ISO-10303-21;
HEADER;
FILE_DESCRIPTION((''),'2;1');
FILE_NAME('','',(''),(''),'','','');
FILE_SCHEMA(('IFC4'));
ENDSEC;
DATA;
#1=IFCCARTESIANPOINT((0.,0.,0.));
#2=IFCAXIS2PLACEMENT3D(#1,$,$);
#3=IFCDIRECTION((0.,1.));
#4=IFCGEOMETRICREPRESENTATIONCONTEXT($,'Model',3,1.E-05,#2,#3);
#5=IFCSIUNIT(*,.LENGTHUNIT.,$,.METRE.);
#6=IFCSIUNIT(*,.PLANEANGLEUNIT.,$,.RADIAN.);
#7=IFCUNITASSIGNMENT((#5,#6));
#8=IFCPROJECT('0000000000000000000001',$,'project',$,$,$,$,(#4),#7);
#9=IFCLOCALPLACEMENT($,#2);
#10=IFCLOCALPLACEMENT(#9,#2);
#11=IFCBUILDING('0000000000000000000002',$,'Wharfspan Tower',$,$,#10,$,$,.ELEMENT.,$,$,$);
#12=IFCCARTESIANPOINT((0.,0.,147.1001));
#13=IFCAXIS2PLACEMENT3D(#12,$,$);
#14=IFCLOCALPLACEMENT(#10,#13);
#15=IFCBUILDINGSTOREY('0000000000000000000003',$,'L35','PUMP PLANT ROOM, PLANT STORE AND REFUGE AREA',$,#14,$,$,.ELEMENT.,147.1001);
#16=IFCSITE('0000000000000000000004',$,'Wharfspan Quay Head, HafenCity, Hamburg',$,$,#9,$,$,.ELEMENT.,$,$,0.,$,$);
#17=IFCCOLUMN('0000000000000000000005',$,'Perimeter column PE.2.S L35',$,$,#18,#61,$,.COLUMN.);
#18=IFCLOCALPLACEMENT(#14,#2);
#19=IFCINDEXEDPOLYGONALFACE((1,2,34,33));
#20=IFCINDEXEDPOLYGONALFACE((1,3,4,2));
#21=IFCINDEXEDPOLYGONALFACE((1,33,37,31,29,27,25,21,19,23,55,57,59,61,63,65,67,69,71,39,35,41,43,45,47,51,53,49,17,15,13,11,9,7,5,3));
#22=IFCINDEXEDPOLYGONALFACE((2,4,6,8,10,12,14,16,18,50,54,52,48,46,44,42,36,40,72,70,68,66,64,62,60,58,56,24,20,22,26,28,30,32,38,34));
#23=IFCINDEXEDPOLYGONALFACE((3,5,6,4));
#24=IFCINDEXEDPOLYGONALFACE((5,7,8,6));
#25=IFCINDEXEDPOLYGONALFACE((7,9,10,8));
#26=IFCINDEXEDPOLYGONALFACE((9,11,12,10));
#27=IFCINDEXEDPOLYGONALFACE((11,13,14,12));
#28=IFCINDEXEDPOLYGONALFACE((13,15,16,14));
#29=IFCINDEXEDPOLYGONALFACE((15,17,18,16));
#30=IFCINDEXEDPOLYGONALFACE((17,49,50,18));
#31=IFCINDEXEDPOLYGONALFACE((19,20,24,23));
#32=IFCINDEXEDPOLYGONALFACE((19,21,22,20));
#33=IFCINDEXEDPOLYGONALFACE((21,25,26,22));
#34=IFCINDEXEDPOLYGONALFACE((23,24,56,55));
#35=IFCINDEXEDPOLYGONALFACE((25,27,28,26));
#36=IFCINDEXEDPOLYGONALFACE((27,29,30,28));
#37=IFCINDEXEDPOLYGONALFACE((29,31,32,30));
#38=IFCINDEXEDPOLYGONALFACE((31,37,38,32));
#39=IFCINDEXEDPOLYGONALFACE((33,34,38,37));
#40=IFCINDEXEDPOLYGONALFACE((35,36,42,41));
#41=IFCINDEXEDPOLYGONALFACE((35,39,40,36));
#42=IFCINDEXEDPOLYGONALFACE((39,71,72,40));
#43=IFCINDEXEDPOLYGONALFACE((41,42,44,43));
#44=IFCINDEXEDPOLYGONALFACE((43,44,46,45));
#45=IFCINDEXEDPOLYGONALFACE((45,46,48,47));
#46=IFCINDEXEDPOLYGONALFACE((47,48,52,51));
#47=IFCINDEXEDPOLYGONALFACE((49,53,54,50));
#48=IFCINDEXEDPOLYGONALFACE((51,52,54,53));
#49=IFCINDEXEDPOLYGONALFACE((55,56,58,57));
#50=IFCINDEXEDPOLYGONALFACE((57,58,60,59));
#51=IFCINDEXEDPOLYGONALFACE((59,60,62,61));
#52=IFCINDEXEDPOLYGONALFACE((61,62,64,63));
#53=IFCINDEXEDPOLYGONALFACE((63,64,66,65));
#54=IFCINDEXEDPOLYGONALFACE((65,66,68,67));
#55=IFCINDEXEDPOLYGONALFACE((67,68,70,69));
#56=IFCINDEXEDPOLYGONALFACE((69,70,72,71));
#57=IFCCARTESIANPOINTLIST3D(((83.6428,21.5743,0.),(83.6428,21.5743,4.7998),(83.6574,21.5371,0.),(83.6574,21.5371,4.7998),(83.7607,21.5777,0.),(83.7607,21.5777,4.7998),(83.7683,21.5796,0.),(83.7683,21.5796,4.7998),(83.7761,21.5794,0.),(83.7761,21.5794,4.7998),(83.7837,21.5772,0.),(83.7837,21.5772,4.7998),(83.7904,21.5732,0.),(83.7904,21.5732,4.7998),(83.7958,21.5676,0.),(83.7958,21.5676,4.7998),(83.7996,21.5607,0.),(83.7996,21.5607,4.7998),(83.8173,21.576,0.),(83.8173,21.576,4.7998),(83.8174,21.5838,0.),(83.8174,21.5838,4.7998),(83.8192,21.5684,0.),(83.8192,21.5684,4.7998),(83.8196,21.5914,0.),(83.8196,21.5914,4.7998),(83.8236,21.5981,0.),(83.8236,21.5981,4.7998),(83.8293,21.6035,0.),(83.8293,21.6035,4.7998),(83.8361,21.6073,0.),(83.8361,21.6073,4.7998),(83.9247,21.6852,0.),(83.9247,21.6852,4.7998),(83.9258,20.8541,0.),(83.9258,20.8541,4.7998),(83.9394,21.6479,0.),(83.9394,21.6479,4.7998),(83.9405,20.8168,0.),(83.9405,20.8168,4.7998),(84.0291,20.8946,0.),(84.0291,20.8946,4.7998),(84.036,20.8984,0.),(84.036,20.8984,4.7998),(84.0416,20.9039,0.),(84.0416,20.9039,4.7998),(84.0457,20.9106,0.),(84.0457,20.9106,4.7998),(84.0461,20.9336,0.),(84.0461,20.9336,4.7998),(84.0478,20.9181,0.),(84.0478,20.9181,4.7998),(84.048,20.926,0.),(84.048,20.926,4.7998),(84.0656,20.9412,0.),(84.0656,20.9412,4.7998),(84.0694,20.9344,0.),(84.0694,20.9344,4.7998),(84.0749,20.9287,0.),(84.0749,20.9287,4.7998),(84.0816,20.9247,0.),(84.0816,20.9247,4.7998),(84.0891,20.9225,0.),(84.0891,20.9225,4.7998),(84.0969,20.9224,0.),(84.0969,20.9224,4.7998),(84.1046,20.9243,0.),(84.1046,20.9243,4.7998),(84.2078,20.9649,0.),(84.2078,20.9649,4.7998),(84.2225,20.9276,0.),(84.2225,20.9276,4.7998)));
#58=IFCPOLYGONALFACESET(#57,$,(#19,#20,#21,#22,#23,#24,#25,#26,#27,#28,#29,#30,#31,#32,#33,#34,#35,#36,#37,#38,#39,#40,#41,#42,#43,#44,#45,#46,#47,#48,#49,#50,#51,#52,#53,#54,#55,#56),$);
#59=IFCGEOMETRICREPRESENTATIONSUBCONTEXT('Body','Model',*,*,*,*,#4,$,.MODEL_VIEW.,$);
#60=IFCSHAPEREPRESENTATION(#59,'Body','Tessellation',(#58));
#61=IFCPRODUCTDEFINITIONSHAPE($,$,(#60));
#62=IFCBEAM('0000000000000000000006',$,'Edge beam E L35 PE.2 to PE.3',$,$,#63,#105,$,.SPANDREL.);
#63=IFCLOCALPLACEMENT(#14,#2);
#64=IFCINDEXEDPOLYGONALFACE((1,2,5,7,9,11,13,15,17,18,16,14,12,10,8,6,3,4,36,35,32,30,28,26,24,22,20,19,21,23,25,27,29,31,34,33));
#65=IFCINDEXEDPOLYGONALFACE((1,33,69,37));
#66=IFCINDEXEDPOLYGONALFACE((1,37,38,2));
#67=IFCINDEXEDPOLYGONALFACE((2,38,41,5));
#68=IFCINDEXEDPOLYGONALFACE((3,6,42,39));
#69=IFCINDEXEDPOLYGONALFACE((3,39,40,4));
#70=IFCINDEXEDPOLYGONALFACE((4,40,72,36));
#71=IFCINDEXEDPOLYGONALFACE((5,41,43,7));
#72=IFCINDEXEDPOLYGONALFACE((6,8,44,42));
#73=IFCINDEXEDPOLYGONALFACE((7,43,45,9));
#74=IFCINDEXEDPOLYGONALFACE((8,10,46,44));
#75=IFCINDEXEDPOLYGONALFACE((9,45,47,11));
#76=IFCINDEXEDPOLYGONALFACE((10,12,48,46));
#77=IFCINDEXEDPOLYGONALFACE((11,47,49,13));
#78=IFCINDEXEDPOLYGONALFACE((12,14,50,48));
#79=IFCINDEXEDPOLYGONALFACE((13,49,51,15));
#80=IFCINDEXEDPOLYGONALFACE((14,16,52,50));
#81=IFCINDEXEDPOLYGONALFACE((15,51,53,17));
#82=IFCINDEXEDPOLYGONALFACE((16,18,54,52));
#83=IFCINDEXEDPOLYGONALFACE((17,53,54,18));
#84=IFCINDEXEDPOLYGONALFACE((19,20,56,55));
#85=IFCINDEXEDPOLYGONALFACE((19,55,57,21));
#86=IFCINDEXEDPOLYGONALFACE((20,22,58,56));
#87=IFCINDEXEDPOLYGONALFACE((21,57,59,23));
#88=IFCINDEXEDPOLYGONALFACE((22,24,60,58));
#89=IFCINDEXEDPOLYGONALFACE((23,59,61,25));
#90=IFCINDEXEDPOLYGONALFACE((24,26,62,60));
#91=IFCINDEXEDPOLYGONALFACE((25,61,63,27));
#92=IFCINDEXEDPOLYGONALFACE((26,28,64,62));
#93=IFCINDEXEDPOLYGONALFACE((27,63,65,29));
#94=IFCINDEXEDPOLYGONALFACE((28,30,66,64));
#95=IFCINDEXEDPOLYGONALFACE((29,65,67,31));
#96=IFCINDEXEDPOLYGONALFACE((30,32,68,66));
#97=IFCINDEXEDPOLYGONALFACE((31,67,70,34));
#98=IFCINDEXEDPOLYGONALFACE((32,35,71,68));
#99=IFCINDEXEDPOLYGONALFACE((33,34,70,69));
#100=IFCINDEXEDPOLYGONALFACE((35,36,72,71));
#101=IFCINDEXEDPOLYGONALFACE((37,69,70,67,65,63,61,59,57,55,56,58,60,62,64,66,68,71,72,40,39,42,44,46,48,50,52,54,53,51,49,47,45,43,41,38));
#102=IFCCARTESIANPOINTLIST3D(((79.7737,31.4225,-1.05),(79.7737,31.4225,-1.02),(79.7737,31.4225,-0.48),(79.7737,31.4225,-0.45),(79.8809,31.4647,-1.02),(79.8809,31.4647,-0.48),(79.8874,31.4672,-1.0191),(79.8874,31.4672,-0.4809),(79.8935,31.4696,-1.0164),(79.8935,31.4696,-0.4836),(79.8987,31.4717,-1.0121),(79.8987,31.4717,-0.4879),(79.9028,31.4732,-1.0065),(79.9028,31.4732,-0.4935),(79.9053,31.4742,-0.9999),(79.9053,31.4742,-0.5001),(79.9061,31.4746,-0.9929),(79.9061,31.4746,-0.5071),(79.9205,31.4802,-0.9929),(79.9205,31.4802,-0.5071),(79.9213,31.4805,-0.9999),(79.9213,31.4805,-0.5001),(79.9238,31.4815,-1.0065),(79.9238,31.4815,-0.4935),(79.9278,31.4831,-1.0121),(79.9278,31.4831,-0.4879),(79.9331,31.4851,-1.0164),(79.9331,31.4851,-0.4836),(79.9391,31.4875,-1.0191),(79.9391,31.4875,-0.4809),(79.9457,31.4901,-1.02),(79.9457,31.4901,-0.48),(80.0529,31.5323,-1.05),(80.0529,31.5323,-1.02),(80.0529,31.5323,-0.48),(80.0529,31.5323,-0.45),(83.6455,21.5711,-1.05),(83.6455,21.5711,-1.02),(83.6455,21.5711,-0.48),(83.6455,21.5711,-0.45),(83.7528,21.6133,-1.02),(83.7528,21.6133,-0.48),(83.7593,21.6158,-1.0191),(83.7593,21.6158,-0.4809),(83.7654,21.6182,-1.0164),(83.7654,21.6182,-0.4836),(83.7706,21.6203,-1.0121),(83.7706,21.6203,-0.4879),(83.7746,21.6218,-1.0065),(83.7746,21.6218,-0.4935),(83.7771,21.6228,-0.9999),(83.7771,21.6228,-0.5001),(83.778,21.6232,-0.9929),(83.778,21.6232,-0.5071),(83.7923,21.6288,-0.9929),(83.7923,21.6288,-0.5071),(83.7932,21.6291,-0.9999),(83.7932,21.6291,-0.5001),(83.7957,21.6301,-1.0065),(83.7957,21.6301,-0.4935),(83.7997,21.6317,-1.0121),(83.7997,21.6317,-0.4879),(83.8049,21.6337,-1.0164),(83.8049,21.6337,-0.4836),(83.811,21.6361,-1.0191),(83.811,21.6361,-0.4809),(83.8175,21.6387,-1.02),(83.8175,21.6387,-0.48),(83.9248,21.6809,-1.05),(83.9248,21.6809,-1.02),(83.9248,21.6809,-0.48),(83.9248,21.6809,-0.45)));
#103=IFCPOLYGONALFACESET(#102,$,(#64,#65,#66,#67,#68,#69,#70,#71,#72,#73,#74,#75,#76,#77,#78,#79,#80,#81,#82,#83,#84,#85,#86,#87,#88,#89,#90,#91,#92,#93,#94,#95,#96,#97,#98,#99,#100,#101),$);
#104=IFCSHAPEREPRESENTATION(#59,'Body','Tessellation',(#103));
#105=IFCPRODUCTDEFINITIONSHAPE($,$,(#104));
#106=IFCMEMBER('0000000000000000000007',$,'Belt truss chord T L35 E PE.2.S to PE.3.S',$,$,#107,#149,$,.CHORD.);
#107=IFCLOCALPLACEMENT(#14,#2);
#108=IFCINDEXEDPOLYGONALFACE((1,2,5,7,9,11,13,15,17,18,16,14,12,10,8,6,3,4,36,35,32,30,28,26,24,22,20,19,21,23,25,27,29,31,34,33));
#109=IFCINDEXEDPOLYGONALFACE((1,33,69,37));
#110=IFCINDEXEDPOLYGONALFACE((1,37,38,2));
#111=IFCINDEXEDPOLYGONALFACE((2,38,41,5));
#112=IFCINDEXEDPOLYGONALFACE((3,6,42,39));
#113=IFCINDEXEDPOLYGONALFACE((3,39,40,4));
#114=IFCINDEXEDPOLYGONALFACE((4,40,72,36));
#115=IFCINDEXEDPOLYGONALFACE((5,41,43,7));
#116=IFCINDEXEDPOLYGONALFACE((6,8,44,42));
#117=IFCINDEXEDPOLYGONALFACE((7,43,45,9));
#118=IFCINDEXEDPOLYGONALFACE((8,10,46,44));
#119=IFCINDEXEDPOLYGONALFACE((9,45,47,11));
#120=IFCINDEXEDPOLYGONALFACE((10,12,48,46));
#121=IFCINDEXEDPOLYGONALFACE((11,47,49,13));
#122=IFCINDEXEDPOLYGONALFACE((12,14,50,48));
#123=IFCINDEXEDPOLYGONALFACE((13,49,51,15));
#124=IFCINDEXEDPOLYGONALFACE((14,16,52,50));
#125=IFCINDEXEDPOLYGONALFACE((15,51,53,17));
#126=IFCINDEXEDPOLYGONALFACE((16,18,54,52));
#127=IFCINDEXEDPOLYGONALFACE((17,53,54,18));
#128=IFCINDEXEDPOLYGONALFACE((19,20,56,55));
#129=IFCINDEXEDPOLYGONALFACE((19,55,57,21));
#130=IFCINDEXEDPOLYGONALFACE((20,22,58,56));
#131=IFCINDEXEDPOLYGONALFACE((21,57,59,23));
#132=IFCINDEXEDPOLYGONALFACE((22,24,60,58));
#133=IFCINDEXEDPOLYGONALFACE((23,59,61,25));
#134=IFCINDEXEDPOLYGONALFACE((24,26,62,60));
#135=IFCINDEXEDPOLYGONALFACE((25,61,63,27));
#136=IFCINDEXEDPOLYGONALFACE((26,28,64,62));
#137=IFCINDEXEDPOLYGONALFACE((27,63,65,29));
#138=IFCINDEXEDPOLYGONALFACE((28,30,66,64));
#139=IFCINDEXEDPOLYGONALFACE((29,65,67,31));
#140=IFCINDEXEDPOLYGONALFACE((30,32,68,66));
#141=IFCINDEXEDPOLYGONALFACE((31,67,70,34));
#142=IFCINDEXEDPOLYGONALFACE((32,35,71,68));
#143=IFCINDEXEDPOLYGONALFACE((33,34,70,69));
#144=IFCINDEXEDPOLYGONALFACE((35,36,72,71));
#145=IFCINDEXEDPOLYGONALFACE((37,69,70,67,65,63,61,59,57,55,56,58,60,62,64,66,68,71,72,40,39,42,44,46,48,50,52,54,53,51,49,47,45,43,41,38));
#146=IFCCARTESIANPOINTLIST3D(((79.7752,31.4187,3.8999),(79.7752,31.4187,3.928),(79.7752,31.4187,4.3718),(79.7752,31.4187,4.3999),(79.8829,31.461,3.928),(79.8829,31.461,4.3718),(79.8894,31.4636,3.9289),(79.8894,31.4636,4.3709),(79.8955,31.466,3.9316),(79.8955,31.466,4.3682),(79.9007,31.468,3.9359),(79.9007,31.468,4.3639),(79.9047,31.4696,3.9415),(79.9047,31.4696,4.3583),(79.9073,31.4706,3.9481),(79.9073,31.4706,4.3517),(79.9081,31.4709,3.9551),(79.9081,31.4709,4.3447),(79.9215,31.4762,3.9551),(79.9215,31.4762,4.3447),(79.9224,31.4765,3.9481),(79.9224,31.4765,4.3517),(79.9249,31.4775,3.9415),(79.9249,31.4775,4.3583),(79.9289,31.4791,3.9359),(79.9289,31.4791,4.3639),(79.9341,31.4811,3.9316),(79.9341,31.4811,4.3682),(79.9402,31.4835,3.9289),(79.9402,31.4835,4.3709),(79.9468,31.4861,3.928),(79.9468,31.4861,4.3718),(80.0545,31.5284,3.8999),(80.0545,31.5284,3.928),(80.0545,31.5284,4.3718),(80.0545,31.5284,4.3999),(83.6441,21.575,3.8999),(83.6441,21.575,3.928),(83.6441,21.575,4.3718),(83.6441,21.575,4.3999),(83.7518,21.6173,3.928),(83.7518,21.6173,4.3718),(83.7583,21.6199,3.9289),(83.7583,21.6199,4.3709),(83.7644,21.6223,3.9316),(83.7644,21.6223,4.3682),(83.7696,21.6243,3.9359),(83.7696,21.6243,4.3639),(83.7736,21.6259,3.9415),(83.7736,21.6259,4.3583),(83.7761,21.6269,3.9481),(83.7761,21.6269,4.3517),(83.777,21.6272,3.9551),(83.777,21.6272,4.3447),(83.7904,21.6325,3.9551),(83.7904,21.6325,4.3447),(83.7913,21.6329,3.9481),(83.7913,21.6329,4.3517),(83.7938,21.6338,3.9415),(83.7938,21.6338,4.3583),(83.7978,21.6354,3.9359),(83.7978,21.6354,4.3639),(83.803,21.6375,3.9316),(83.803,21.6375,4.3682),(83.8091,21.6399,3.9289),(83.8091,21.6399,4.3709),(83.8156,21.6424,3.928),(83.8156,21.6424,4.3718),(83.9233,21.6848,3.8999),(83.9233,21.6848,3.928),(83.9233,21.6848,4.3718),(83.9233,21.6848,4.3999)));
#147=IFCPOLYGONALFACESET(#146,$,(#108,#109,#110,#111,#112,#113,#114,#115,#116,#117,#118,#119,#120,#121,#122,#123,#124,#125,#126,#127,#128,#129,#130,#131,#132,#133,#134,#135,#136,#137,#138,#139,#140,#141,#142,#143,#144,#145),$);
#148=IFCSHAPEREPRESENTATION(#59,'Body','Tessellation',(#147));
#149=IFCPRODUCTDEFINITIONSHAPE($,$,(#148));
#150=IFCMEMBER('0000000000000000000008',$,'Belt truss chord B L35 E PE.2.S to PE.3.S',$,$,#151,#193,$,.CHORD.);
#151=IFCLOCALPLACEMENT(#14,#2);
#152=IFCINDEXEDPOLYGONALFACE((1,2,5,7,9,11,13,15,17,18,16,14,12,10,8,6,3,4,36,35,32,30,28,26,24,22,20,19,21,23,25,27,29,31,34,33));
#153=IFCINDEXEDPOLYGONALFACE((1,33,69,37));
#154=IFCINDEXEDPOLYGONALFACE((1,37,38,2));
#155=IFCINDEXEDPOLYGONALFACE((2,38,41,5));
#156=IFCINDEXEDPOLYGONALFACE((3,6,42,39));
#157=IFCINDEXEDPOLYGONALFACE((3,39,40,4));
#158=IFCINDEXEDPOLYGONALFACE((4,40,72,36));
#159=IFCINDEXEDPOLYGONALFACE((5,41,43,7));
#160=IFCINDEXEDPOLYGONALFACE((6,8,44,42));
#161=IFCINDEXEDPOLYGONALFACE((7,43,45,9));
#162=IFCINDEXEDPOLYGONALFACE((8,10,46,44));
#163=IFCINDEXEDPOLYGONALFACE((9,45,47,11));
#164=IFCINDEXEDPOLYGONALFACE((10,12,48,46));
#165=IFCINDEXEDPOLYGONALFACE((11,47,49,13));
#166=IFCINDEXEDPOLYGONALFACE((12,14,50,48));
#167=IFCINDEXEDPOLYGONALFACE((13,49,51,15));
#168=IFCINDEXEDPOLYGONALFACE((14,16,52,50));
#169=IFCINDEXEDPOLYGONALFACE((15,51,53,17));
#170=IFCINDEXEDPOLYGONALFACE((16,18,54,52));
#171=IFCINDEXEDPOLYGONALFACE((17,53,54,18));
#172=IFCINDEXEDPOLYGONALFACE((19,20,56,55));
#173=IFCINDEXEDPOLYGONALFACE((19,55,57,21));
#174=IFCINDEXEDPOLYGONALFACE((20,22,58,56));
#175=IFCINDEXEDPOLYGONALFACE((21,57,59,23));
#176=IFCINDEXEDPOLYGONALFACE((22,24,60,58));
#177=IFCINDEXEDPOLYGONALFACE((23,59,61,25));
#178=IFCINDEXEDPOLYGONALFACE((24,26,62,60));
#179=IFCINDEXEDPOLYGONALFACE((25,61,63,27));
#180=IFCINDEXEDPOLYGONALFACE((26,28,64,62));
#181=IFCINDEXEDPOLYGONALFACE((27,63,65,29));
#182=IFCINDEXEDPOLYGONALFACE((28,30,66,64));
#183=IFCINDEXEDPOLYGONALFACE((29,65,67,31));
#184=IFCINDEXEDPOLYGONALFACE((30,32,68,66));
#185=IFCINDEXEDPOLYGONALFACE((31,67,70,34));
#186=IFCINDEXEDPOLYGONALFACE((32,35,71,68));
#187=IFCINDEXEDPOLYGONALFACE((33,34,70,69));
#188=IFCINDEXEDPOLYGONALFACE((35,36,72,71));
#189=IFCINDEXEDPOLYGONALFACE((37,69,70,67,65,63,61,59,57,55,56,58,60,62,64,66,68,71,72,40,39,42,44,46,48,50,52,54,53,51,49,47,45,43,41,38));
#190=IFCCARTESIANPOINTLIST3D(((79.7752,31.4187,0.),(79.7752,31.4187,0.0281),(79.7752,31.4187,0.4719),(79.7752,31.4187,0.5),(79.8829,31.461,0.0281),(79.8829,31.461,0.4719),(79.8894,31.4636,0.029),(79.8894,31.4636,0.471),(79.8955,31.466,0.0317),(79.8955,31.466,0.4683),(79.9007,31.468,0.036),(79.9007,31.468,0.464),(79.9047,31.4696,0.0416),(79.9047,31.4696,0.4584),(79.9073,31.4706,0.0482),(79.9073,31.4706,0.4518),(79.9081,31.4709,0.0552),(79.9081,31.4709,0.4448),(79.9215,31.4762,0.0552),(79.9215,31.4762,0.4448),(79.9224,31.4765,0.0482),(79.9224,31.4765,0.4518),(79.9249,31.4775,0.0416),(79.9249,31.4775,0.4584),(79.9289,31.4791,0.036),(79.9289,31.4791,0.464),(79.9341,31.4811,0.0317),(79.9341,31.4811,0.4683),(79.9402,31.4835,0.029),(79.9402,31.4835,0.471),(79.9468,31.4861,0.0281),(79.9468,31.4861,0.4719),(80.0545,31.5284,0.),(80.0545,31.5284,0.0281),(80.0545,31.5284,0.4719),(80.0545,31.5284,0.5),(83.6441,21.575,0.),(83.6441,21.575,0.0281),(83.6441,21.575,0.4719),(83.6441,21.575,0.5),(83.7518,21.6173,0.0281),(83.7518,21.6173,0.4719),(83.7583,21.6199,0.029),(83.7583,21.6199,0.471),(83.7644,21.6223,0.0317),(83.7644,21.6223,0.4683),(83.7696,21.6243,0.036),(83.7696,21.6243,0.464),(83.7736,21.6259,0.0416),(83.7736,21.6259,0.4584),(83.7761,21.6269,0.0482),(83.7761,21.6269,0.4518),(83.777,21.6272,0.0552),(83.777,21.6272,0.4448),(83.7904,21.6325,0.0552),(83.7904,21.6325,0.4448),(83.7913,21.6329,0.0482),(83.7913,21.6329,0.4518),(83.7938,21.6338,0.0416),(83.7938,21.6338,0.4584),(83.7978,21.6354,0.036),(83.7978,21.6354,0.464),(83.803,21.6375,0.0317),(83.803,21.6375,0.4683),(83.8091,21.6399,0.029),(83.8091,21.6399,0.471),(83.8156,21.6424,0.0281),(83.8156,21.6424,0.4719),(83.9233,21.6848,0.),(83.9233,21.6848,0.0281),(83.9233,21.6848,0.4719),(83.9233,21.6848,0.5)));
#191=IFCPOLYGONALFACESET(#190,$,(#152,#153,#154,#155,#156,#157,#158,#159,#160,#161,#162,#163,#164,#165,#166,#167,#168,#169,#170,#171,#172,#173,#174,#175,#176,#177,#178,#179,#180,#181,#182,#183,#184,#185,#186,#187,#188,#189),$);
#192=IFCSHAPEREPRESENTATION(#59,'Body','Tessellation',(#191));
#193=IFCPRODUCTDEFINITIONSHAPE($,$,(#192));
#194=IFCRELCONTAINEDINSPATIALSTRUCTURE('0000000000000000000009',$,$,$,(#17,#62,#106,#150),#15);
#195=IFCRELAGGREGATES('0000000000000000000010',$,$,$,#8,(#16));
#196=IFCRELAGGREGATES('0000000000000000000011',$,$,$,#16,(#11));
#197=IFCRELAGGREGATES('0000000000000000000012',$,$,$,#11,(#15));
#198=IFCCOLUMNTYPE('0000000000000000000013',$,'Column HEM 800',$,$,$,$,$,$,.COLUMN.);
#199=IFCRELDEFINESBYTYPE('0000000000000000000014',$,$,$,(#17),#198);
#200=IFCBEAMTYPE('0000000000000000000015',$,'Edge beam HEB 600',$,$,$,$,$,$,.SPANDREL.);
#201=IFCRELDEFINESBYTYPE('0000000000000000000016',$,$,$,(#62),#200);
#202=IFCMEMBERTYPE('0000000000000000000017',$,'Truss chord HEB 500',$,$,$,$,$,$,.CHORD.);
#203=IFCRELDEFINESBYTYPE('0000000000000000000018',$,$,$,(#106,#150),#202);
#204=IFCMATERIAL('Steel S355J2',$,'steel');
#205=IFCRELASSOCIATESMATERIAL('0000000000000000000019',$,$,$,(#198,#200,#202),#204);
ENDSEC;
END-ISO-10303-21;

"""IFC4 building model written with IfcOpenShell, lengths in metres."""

from ifc_helpers import new_model, si_unit, direction, frame, origin, origin_2d, place, context, subcontext, project, spatial, i_section, extrude, material, material_profile, profile_set, type_object, element, save


model = new_model("IFC4")

# Units and contexts
model_context = context("Model", 3, precision=1e-05, world=origin(), true_north=direction((0.0, 1.0)))
body_context = subcontext(model_context, "Body", "Model", "MODEL_VIEW")
ifc_project = project(units=[si_unit("LENGTHUNIT", "METRE"), si_unit("PLANEANGLEUNIT", "RADIAN")], contexts=[model_context])

# Site, building, storey
site_placement = place(None, origin())
site = spatial("IfcSite", under=ifc_project, at=site_placement, Name="Wharfspan Quay Head, HafenCity, Hamburg", CompositionType="ELEMENT", RefElevation=0.0)
building_placement = place(site_placement, origin())
building = spatial("IfcBuilding", under=site, at=building_placement, Name="Wharfspan Tower", CompositionType="ELEMENT")
storey_placement = place(building_placement, frame((0.0, 0.0, 147.1001)))
storey = spatial("IfcBuildingStorey", under=building, at=storey_placement, Name="L35", Description="PUMP PLANT ROOM, PLANT STORE AND REFUGE AREA", CompositionType="ELEMENT", Elevation=147.1001)

# Column
ifc_material_1 = material(Name="Steel S355J2", Category="steel")
ifc_material_profile_1 = material_profile(ifc_material_1, i_section(OverallWidth=0.303, OverallDepth=0.814, WebThickness=0.021, FlangeThickness=0.04, FilletRadius=0.03, at=origin_2d()))
ifc_profile_set_1 = profile_set([ifc_material_profile_1], Name="Steel S355J2")
column_type = type_object("IfcColumnType", Name="Column HEM 800", PredefinedType="COLUMN", material=ifc_profile_set_1)
column_placement = place(storey_placement, frame((83.9326, 21.251, 0.0), z_axis=(0.0, 0.0, 1.0), x_axis=(0.930702, 0.365778, 0.0)))
element("IfcColumn", 1, at=column_placement, inside=storey, type_object=column_type, Name="Perimeter column PE.2.S L35", PredefinedType="COLUMN", context=body_context, shape_type="SweptSolid", body=[
    extrude(i_section(OverallWidth=0.303, OverallDepth=0.814, WebThickness=0.021, FlangeThickness=0.04, FilletRadius=0.03, at=origin_2d()), origin(), (0.0, 0.0, 1.0), 4.7998),
])

# Beam
ifc_material_profile_2 = material_profile(ifc_material_1, i_section(OverallWidth=0.3, OverallDepth=0.6001, WebThickness=0.0154, FlangeThickness=0.03, FilletRadius=0.0271, at=origin_2d()))
ifc_profile_set_2 = profile_set([ifc_material_profile_2], Name="Steel S355J2")
beam_type = type_object("IfcBeamType", Name="Edge beam HEB 600", PredefinedType="SPANDREL", material=ifc_profile_set_2)
beam_placement = place(storey_placement, frame((83.7852, 21.626, -0.75), z_axis=(-0.365789, 0.930698, 0.0), x_axis=(-0.930698, -0.365789, 0.0)))
element("IfcBeam", 2, at=beam_placement, inside=storey, type_object=beam_type, Name="Edge beam E L35 PE.2 to PE.3", PredefinedType="SPANDREL", context=body_context, shape_type="SweptSolid", body=[
    extrude(i_section(OverallWidth=0.3, OverallDepth=0.6001, WebThickness=0.0154, FlangeThickness=0.03, FilletRadius=0.0271, at=origin_2d()), origin(), (0.0, 0.0, 1.0), 10.585),
])

# Members
ifc_material_profile_3 = material_profile(ifc_material_1, i_section(OverallWidth=0.3, OverallDepth=0.5, WebThickness=0.0144, FlangeThickness=0.0281, FilletRadius=0.0271, at=origin_2d()))
ifc_profile_set_3 = profile_set([ifc_material_profile_3], Name="Steel S355J2")
member_type_1 = type_object("IfcMemberType", Name="Truss chord HEB 500", PredefinedType="CHORD", material=ifc_profile_set_3)
for number, where, z_axis, x_axis, name in (
    (3, (83.7837, 21.6299, 4.1499), (-0.365792, 0.930696, 0.0), (-0.930696, -0.365792, 0.0), "Belt truss chord T L35 E PE.2.S to PE.3.S"),
    (4, (83.7837, 21.6299, 0.25), (-0.365792, 0.930696, 0.0), (-0.930696, -0.365792, 0.0), "Belt truss chord B L35 E PE.2.S to PE.3.S"),
):
    element("IfcMember", number, at=place(storey_placement, frame(where, z_axis=z_axis, x_axis=x_axis)), inside=storey, type_object=member_type_1, Name=name, PredefinedType="CHORD", context=body_context, shape_type="SweptSolid", body=[
        extrude(i_section(OverallWidth=0.3, OverallDepth=0.5, WebThickness=0.0144, FlangeThickness=0.0281, FilletRadius=0.0271, at=origin_2d()), origin(), (0.0, 0.0, 1.0), 10.5767),
    ])

save(model, "model.ifc")
